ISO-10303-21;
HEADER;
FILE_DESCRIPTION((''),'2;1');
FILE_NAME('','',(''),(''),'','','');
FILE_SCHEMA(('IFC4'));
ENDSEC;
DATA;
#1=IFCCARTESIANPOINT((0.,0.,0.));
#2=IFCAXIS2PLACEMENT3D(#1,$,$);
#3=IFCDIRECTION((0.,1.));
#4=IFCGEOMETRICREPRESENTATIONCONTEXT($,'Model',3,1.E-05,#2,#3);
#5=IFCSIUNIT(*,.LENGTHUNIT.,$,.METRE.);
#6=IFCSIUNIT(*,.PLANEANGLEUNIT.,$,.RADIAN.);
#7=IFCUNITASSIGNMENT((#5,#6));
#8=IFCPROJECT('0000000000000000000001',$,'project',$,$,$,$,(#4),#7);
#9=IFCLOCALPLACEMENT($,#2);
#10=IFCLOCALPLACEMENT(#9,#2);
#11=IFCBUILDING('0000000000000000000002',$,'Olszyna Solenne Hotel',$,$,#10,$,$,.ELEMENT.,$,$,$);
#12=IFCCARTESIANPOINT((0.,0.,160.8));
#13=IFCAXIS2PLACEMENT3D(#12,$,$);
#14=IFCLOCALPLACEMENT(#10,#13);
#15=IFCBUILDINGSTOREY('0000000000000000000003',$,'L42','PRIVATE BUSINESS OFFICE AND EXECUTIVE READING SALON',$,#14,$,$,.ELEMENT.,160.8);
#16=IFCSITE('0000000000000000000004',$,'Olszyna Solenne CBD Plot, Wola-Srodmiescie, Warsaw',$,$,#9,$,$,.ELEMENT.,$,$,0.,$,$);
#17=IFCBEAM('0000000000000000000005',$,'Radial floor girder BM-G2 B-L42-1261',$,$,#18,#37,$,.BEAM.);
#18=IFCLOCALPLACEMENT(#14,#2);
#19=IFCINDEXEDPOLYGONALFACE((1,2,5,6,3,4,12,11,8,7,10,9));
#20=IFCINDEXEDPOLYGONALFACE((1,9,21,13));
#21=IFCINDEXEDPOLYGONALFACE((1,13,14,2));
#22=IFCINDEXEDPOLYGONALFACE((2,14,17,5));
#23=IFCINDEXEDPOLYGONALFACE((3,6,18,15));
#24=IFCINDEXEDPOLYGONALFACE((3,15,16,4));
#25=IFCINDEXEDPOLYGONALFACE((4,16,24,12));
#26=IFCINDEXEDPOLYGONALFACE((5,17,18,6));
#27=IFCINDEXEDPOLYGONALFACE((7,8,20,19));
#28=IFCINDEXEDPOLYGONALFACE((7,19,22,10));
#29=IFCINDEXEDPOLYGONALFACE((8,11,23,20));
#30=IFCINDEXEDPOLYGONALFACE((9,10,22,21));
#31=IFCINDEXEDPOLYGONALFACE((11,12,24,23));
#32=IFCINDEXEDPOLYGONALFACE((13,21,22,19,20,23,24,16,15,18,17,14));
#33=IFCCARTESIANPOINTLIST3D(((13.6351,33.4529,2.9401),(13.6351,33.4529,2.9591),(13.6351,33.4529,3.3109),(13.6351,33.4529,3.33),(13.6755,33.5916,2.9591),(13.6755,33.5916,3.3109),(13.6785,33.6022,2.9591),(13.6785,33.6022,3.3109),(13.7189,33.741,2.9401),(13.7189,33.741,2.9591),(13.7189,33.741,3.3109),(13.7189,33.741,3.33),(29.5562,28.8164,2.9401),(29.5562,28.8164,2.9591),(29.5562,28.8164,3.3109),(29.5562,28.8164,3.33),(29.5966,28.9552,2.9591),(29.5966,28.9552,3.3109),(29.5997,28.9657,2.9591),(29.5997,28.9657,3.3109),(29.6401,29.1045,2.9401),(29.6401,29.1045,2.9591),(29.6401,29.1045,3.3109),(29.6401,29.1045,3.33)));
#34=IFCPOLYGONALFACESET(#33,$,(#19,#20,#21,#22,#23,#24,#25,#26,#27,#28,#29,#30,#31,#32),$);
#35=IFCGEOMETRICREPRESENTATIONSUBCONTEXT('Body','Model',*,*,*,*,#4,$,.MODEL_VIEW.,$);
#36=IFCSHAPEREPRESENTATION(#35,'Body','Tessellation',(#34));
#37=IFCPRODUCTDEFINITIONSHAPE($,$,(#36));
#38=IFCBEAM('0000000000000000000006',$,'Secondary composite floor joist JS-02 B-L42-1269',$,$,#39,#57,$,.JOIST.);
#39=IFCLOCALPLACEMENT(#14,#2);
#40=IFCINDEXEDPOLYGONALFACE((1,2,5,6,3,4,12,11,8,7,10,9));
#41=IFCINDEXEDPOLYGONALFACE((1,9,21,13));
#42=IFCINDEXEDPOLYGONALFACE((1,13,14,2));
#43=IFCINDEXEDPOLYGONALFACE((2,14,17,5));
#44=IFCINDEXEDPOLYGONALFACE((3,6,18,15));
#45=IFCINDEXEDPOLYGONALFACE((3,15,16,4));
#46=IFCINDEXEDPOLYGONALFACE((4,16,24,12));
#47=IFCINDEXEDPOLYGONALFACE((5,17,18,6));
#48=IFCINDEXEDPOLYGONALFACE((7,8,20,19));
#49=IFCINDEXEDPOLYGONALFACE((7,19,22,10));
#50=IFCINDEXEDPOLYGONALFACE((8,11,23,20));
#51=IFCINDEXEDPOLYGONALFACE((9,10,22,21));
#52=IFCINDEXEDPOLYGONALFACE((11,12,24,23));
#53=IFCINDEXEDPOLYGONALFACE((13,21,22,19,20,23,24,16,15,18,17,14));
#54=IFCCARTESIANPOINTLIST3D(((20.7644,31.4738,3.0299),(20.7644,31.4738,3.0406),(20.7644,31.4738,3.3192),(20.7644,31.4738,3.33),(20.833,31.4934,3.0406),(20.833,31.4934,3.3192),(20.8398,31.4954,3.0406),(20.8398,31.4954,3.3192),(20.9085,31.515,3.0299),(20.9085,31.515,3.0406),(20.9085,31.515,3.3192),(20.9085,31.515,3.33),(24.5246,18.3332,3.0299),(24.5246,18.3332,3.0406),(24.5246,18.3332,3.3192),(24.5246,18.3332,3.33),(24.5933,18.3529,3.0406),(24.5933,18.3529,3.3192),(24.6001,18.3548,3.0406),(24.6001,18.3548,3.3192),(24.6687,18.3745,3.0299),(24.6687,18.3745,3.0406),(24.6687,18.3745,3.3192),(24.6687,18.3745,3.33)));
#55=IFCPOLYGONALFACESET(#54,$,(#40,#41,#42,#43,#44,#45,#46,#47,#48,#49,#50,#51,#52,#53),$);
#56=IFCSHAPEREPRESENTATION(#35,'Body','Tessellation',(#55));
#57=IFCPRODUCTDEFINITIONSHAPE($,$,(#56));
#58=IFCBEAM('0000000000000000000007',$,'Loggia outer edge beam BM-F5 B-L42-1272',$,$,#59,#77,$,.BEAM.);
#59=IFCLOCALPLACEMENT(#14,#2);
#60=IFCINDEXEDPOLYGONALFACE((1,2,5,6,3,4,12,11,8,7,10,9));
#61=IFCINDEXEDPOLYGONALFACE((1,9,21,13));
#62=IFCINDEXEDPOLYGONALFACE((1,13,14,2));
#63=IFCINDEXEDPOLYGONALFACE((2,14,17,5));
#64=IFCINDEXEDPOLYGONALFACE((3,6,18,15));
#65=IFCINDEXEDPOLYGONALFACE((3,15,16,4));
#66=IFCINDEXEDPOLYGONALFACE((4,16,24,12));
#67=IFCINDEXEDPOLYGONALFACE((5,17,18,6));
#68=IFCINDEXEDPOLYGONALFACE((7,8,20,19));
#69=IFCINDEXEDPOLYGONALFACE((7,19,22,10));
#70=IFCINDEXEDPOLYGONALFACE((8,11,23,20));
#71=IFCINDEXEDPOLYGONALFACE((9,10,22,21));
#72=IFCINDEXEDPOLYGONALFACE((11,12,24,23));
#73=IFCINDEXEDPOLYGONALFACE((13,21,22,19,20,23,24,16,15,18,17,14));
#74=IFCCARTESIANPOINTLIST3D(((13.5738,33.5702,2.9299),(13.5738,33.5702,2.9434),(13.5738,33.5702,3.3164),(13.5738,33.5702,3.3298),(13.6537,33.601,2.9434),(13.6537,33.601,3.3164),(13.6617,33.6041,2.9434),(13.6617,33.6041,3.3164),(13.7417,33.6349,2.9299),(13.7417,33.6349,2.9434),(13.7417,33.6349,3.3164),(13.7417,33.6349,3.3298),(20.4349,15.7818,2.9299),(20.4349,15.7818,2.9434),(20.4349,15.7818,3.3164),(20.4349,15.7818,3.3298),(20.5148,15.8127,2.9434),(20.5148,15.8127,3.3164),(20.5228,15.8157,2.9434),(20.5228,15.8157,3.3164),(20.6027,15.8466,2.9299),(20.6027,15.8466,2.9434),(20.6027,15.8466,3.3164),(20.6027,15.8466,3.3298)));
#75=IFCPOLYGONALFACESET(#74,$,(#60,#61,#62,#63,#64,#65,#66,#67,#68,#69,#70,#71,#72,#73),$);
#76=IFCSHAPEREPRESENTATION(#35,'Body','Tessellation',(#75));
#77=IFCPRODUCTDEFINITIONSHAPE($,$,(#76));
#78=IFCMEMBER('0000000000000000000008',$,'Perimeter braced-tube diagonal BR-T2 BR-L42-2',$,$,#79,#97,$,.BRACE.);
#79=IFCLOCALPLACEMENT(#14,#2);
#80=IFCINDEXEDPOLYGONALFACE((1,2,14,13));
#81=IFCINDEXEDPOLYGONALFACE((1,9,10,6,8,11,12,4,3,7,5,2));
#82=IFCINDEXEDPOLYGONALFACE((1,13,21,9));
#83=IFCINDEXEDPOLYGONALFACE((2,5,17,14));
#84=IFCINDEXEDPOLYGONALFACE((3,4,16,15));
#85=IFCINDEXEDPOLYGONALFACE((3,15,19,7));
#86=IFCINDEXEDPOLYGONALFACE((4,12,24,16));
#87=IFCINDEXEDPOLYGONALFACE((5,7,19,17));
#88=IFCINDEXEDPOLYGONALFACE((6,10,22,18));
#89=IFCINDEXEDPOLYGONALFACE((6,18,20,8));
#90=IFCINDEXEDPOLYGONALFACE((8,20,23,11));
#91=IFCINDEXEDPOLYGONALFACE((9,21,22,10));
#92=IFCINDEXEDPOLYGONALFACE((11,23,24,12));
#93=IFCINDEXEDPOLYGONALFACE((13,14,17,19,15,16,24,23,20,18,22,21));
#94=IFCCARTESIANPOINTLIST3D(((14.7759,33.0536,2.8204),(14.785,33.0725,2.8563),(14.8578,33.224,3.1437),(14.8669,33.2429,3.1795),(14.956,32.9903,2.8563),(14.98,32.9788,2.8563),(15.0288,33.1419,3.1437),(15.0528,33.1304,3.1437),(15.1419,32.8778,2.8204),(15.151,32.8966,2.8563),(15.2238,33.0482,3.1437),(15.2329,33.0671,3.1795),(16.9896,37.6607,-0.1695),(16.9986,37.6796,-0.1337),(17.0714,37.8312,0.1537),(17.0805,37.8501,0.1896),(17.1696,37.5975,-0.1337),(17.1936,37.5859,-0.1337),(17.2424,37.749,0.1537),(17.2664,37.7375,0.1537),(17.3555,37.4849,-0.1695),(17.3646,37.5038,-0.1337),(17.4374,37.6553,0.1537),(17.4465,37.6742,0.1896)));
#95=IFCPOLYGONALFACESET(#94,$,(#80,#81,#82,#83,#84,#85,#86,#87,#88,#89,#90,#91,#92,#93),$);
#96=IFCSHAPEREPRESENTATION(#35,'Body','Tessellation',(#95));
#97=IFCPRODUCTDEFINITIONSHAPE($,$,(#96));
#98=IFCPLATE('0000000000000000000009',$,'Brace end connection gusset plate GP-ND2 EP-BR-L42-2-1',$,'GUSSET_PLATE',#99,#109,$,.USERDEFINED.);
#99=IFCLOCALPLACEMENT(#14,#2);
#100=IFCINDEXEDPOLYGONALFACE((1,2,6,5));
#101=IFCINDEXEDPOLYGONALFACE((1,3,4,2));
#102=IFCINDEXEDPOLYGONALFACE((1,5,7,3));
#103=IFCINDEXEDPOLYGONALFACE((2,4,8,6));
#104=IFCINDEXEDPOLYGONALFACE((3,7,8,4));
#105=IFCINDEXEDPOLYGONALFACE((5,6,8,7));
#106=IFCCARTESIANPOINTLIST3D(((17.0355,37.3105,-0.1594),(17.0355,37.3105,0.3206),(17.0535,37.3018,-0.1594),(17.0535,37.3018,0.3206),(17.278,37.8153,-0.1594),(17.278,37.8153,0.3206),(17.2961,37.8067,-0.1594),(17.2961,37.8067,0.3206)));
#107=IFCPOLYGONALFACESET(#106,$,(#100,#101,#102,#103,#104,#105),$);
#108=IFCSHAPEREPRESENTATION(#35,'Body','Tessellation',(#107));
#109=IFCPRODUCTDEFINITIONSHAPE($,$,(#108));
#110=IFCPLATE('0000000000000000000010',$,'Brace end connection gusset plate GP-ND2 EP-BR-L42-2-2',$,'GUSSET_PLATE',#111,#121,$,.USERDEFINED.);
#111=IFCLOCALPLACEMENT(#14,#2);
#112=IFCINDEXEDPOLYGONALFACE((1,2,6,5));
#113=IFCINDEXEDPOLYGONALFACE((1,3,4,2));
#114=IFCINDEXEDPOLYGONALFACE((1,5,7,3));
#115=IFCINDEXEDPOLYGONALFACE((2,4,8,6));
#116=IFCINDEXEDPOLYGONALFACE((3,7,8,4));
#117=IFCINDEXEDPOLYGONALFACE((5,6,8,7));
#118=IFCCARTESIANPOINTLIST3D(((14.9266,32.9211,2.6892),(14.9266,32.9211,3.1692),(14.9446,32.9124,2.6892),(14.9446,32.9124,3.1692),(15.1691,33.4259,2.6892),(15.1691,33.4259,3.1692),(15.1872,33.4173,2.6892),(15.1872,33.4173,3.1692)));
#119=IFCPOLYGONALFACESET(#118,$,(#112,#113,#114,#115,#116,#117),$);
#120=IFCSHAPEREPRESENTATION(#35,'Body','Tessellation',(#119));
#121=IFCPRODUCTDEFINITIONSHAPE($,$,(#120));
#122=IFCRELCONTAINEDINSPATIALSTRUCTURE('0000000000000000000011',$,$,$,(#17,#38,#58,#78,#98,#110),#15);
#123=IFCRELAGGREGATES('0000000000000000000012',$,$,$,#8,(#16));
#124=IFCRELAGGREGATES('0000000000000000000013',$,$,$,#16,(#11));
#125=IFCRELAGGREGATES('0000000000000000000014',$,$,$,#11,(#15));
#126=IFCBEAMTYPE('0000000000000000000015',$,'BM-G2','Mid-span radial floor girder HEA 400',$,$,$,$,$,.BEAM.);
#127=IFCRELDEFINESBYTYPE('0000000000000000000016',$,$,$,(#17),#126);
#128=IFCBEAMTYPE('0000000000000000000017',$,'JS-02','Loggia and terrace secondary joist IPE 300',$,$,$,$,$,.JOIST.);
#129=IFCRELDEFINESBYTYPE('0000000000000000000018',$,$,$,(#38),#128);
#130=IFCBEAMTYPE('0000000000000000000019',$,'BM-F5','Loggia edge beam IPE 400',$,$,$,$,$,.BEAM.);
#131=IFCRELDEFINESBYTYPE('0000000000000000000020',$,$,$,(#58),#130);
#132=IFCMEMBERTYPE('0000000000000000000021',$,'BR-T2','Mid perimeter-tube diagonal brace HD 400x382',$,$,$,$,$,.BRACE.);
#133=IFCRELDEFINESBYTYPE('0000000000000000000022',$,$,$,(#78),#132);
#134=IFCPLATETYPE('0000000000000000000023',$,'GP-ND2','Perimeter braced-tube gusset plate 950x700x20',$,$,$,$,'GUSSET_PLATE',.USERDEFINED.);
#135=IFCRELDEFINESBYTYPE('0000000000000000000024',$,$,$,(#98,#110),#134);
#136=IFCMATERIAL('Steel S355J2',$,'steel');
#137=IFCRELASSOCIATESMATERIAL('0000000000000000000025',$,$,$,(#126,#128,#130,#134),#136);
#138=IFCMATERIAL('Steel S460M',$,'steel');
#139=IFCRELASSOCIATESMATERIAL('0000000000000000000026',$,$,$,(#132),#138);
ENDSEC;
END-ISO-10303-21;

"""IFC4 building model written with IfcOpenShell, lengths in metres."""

from ifc_helpers import new_model, si_unit, direction, frame, origin, origin_2d, place, context, subcontext, project, spatial, rectangle, i_section, extrude, source, transform, mapped, material, material_profile, profile_set, type_object, element, save


model = new_model("IFC4")

# Units and contexts
model_context = context("Model", 3, precision=1e-05, world=origin(), true_north=direction((0.0, 1.0)))
body_context = subcontext(model_context, "Body", "Model", "MODEL_VIEW")
ifc_project = project(units=[si_unit("LENGTHUNIT", "METRE"), si_unit("PLANEANGLEUNIT", "RADIAN")], contexts=[model_context])

# Site, building, storey
site_placement = place(None, origin())
site = spatial("IfcSite", under=ifc_project, at=site_placement, Name="Olszyna Solenne CBD Plot, Wola-Srodmiescie, Warsaw", CompositionType="ELEMENT", RefElevation=0.0)
building_placement = place(site_placement, origin())
building = spatial("IfcBuilding", under=site, at=building_placement, Name="Olszyna Solenne Hotel", CompositionType="ELEMENT")
storey_placement = place(building_placement, frame((0.0, 0.0, 160.8)))
storey = spatial("IfcBuildingStorey", under=building, at=storey_placement, Name="L42", Description="PRIVATE BUSINESS OFFICE AND EXECUTIVE READING SALON", CompositionType="ELEMENT", Elevation=160.8)

# Shared definitions
ifc_material_1 = material(Name="Steel S460M", Category="steel")

# Beams
ifc_material_2 = material(Name="Steel S355J2", Category="steel")
ifc_material_profile_1 = material_profile(ifc_material_2, i_section(OverallWidth=0.3, OverallDepth=0.3899, WebThickness=0.011, FlangeThickness=0.019, at=origin_2d()), Name="HEA 400", Category="load-bearing")
ifc_profile_set_1 = profile_set([ifc_material_profile_1], Name="Steel S355J2")
beam_type_1 = type_object("IfcBeamType", Name="BM-G2", Description="Mid-span radial floor girder HEA 400", PredefinedType="BEAM", material=ifc_profile_set_1)
shared_shape_1 = source(origin(), body_context, "Body", "SweptSolid", [
    extrude(i_section(OverallWidth=0.3, OverallDepth=0.3899, WebThickness=0.011, FlangeThickness=0.019, at=origin_2d()), origin(), (0.0, 0.0, 1.0), 16.5825),
])
beam_1_placement = place(storey_placement, frame((13.677, 33.5969, 3.135), z_axis=(0.960116, -0.2796, 0.0), x_axis=(0.2796, 0.960116, 0.0)))
element("IfcBeam", 1, at=beam_1_placement, inside=storey, type_object=beam_type_1, Name="Radial floor girder BM-G2 B-L42-1261", PredefinedType="BEAM", context=body_context, shape_type="MappedRepresentation", body=[
    mapped(shared_shape_1, transform((0.0, 0.0, 0.0), x_axis=(1.0, 0.0, 0.0), y_axis=(0.0, 1.0, 0.0), z_axis=(0.0, 0.0, 1.0), scale=1.0)),
])
ifc_material_profile_2 = material_profile(ifc_material_2, i_section(OverallWidth=0.1499, OverallDepth=0.3, WebThickness=0.0071, FlangeThickness=0.0107, at=origin_2d()), Name="IPE 300", Category="load-bearing")
ifc_profile_set_2 = profile_set([ifc_material_profile_2], Name="Steel S355J2")
beam_type_2 = type_object("IfcBeamType", Name="JS-02", Description="Loggia and terrace secondary joist IPE 300", PredefinedType="JOIST", material=ifc_profile_set_2)
shared_shape_2 = source(origin(), body_context, "Body", "SweptSolid", [
    extrude(i_section(OverallWidth=0.1499, OverallDepth=0.3, WebThickness=0.0071, FlangeThickness=0.0107, at=origin_2d()), origin(), (0.0, 0.0, 1.0), 13.668),
])
beam_2_placement = place(storey_placement, frame((20.8364, 31.4944, 3.1799), z_axis=(0.275113, -0.961412, 0.0), x_axis=(0.961412, 0.275113, 0.0)))
element("IfcBeam", 2, at=beam_2_placement, inside=storey, type_object=beam_type_2, Name="Secondary composite floor joist JS-02 B-L42-1269", PredefinedType="JOIST", context=body_context, shape_type="MappedRepresentation", body=[
    mapped(shared_shape_2, transform((0.0, 0.0, 0.0), x_axis=(1.0, 0.0, 0.0), y_axis=(0.0, 1.0, 0.0), z_axis=(0.0, 0.0, 1.0), scale=1.0)),
])
ifc_material_profile_3 = material_profile(ifc_material_2, i_section(OverallWidth=0.1799, OverallDepth=0.3999, WebThickness=0.0085, FlangeThickness=0.0134, at=origin_2d()), Name="IPE 400", Category="load-bearing")
ifc_profile_set_3 = profile_set([ifc_material_profile_3], Name="Steel S355J2")
beam_type_3 = type_object("IfcBeamType", Name="BM-F5", Description="Loggia edge beam IPE 400", PredefinedType="BEAM", material=ifc_profile_set_3)
shared_shape_3 = source(origin(), body_context, "Body", "SweptSolid", [
    extrude(i_section(OverallWidth=0.1799, OverallDepth=0.3999, WebThickness=0.0085, FlangeThickness=0.0134, at=origin_2d()), origin(), (0.0, 0.0, 1.0), 19.0657),
])
beam_3_placement = place(storey_placement, frame((13.6577, 33.6025, 3.1299), z_axis=(0.359866, -0.933004, 0.0), x_axis=(0.933004, 0.359866, 0.0)))
element("IfcBeam", 3, at=beam_3_placement, inside=storey, type_object=beam_type_3, Name="Loggia outer edge beam BM-F5 B-L42-1272", PredefinedType="BEAM", context=body_context, shape_type="MappedRepresentation", body=[
    mapped(shared_shape_3, transform((0.0, 0.0, 0.0), x_axis=(1.0, 0.0, 0.0), y_axis=(0.0, 1.0, 0.0), z_axis=(0.0, 0.0, 1.0), scale=1.0)),
])

# Member
ifc_material_profile_4 = material_profile(ifc_material_1, i_section(OverallWidth=0.406, OverallDepth=0.416, WebThickness=0.0266, FlangeThickness=0.0415, at=origin_2d()), Name="HD 400x382", Category="load-bearing")
ifc_profile_set_4 = profile_set([ifc_material_profile_4], Name="Steel S460M")
member_type = type_object("IfcMemberType", Name="BR-T2", Description="Mid perimeter-tube diagonal brace HD 400x382", PredefinedType="BRACE", material=ifc_profile_set_4)
shared_shape_4 = source(origin(), body_context, "Body", "SweptSolid", [
    extrude(i_section(OverallWidth=0.406, OverallDepth=0.416, WebThickness=0.0266, FlangeThickness=0.0415, at=origin_2d()), origin(), (0.0, 0.0, 1.0), 5.9216),
])
member_placement = place(storey_placement, frame((17.218, 37.6675, 0.01), z_axis=(-0.373817, -0.778019, 0.504923), x_axis=(0.901357, -0.433077, 0.0)))
element("IfcMember", 4, at=member_placement, inside=storey, type_object=member_type, Name="Perimeter braced-tube diagonal BR-T2 BR-L42-2", PredefinedType="BRACE", context=body_context, shape_type="MappedRepresentation", body=[
    mapped(shared_shape_4, transform((0.0, 0.0, 0.0), x_axis=(1.0, 0.0, 0.0), y_axis=(0.0, 1.0, 0.0), z_axis=(0.0, 0.0, 1.0), scale=1.0)),
])

# Plates
plate_type = type_object("IfcPlateType", Name="GP-ND2", Description="Perimeter braced-tube gusset plate 950x700x20", ElementType="GUSSET_PLATE", PredefinedType="USERDEFINED", material=ifc_material_2)
shared_shape_5 = source(origin(), body_context, "Body", "SweptSolid", [
    extrude(rectangle(XDim=0.5601, YDim=0.02, at=origin_2d()), origin(), (0.0, 0.0, 1.0), 0.48),
])
for number, where, z_axis, x_axis, name in (
    (5, (17.1658, 37.5586, -0.1594), (0.0, 0.0, 1.0), (-0.43303, -0.90138, 0.0), "Brace end connection gusset plate GP-ND2 EP-BR-L42-2-1"),
    (6, (15.0569, 33.1692, 2.6892), (0.0, 0.0, 1.0), (-0.43303, -0.90138, 0.0), "Brace end connection gusset plate GP-ND2 EP-BR-L42-2-2"),
):
    element("IfcPlate", number, at=place(storey_placement, frame(where, z_axis=z_axis, x_axis=x_axis)), inside=storey, type_object=plate_type, Name=name, ObjectType="GUSSET_PLATE", PredefinedType="USERDEFINED", context=body_context, shape_type="MappedRepresentation", body=[
        mapped(shared_shape_5, transform((0.0, 0.0, 0.0), x_axis=(1.0, 0.0, 0.0), y_axis=(0.0, 1.0, 0.0), z_axis=(0.0, 0.0, 1.0), scale=1.0)),
    ])

save(model, "model.ifc")
